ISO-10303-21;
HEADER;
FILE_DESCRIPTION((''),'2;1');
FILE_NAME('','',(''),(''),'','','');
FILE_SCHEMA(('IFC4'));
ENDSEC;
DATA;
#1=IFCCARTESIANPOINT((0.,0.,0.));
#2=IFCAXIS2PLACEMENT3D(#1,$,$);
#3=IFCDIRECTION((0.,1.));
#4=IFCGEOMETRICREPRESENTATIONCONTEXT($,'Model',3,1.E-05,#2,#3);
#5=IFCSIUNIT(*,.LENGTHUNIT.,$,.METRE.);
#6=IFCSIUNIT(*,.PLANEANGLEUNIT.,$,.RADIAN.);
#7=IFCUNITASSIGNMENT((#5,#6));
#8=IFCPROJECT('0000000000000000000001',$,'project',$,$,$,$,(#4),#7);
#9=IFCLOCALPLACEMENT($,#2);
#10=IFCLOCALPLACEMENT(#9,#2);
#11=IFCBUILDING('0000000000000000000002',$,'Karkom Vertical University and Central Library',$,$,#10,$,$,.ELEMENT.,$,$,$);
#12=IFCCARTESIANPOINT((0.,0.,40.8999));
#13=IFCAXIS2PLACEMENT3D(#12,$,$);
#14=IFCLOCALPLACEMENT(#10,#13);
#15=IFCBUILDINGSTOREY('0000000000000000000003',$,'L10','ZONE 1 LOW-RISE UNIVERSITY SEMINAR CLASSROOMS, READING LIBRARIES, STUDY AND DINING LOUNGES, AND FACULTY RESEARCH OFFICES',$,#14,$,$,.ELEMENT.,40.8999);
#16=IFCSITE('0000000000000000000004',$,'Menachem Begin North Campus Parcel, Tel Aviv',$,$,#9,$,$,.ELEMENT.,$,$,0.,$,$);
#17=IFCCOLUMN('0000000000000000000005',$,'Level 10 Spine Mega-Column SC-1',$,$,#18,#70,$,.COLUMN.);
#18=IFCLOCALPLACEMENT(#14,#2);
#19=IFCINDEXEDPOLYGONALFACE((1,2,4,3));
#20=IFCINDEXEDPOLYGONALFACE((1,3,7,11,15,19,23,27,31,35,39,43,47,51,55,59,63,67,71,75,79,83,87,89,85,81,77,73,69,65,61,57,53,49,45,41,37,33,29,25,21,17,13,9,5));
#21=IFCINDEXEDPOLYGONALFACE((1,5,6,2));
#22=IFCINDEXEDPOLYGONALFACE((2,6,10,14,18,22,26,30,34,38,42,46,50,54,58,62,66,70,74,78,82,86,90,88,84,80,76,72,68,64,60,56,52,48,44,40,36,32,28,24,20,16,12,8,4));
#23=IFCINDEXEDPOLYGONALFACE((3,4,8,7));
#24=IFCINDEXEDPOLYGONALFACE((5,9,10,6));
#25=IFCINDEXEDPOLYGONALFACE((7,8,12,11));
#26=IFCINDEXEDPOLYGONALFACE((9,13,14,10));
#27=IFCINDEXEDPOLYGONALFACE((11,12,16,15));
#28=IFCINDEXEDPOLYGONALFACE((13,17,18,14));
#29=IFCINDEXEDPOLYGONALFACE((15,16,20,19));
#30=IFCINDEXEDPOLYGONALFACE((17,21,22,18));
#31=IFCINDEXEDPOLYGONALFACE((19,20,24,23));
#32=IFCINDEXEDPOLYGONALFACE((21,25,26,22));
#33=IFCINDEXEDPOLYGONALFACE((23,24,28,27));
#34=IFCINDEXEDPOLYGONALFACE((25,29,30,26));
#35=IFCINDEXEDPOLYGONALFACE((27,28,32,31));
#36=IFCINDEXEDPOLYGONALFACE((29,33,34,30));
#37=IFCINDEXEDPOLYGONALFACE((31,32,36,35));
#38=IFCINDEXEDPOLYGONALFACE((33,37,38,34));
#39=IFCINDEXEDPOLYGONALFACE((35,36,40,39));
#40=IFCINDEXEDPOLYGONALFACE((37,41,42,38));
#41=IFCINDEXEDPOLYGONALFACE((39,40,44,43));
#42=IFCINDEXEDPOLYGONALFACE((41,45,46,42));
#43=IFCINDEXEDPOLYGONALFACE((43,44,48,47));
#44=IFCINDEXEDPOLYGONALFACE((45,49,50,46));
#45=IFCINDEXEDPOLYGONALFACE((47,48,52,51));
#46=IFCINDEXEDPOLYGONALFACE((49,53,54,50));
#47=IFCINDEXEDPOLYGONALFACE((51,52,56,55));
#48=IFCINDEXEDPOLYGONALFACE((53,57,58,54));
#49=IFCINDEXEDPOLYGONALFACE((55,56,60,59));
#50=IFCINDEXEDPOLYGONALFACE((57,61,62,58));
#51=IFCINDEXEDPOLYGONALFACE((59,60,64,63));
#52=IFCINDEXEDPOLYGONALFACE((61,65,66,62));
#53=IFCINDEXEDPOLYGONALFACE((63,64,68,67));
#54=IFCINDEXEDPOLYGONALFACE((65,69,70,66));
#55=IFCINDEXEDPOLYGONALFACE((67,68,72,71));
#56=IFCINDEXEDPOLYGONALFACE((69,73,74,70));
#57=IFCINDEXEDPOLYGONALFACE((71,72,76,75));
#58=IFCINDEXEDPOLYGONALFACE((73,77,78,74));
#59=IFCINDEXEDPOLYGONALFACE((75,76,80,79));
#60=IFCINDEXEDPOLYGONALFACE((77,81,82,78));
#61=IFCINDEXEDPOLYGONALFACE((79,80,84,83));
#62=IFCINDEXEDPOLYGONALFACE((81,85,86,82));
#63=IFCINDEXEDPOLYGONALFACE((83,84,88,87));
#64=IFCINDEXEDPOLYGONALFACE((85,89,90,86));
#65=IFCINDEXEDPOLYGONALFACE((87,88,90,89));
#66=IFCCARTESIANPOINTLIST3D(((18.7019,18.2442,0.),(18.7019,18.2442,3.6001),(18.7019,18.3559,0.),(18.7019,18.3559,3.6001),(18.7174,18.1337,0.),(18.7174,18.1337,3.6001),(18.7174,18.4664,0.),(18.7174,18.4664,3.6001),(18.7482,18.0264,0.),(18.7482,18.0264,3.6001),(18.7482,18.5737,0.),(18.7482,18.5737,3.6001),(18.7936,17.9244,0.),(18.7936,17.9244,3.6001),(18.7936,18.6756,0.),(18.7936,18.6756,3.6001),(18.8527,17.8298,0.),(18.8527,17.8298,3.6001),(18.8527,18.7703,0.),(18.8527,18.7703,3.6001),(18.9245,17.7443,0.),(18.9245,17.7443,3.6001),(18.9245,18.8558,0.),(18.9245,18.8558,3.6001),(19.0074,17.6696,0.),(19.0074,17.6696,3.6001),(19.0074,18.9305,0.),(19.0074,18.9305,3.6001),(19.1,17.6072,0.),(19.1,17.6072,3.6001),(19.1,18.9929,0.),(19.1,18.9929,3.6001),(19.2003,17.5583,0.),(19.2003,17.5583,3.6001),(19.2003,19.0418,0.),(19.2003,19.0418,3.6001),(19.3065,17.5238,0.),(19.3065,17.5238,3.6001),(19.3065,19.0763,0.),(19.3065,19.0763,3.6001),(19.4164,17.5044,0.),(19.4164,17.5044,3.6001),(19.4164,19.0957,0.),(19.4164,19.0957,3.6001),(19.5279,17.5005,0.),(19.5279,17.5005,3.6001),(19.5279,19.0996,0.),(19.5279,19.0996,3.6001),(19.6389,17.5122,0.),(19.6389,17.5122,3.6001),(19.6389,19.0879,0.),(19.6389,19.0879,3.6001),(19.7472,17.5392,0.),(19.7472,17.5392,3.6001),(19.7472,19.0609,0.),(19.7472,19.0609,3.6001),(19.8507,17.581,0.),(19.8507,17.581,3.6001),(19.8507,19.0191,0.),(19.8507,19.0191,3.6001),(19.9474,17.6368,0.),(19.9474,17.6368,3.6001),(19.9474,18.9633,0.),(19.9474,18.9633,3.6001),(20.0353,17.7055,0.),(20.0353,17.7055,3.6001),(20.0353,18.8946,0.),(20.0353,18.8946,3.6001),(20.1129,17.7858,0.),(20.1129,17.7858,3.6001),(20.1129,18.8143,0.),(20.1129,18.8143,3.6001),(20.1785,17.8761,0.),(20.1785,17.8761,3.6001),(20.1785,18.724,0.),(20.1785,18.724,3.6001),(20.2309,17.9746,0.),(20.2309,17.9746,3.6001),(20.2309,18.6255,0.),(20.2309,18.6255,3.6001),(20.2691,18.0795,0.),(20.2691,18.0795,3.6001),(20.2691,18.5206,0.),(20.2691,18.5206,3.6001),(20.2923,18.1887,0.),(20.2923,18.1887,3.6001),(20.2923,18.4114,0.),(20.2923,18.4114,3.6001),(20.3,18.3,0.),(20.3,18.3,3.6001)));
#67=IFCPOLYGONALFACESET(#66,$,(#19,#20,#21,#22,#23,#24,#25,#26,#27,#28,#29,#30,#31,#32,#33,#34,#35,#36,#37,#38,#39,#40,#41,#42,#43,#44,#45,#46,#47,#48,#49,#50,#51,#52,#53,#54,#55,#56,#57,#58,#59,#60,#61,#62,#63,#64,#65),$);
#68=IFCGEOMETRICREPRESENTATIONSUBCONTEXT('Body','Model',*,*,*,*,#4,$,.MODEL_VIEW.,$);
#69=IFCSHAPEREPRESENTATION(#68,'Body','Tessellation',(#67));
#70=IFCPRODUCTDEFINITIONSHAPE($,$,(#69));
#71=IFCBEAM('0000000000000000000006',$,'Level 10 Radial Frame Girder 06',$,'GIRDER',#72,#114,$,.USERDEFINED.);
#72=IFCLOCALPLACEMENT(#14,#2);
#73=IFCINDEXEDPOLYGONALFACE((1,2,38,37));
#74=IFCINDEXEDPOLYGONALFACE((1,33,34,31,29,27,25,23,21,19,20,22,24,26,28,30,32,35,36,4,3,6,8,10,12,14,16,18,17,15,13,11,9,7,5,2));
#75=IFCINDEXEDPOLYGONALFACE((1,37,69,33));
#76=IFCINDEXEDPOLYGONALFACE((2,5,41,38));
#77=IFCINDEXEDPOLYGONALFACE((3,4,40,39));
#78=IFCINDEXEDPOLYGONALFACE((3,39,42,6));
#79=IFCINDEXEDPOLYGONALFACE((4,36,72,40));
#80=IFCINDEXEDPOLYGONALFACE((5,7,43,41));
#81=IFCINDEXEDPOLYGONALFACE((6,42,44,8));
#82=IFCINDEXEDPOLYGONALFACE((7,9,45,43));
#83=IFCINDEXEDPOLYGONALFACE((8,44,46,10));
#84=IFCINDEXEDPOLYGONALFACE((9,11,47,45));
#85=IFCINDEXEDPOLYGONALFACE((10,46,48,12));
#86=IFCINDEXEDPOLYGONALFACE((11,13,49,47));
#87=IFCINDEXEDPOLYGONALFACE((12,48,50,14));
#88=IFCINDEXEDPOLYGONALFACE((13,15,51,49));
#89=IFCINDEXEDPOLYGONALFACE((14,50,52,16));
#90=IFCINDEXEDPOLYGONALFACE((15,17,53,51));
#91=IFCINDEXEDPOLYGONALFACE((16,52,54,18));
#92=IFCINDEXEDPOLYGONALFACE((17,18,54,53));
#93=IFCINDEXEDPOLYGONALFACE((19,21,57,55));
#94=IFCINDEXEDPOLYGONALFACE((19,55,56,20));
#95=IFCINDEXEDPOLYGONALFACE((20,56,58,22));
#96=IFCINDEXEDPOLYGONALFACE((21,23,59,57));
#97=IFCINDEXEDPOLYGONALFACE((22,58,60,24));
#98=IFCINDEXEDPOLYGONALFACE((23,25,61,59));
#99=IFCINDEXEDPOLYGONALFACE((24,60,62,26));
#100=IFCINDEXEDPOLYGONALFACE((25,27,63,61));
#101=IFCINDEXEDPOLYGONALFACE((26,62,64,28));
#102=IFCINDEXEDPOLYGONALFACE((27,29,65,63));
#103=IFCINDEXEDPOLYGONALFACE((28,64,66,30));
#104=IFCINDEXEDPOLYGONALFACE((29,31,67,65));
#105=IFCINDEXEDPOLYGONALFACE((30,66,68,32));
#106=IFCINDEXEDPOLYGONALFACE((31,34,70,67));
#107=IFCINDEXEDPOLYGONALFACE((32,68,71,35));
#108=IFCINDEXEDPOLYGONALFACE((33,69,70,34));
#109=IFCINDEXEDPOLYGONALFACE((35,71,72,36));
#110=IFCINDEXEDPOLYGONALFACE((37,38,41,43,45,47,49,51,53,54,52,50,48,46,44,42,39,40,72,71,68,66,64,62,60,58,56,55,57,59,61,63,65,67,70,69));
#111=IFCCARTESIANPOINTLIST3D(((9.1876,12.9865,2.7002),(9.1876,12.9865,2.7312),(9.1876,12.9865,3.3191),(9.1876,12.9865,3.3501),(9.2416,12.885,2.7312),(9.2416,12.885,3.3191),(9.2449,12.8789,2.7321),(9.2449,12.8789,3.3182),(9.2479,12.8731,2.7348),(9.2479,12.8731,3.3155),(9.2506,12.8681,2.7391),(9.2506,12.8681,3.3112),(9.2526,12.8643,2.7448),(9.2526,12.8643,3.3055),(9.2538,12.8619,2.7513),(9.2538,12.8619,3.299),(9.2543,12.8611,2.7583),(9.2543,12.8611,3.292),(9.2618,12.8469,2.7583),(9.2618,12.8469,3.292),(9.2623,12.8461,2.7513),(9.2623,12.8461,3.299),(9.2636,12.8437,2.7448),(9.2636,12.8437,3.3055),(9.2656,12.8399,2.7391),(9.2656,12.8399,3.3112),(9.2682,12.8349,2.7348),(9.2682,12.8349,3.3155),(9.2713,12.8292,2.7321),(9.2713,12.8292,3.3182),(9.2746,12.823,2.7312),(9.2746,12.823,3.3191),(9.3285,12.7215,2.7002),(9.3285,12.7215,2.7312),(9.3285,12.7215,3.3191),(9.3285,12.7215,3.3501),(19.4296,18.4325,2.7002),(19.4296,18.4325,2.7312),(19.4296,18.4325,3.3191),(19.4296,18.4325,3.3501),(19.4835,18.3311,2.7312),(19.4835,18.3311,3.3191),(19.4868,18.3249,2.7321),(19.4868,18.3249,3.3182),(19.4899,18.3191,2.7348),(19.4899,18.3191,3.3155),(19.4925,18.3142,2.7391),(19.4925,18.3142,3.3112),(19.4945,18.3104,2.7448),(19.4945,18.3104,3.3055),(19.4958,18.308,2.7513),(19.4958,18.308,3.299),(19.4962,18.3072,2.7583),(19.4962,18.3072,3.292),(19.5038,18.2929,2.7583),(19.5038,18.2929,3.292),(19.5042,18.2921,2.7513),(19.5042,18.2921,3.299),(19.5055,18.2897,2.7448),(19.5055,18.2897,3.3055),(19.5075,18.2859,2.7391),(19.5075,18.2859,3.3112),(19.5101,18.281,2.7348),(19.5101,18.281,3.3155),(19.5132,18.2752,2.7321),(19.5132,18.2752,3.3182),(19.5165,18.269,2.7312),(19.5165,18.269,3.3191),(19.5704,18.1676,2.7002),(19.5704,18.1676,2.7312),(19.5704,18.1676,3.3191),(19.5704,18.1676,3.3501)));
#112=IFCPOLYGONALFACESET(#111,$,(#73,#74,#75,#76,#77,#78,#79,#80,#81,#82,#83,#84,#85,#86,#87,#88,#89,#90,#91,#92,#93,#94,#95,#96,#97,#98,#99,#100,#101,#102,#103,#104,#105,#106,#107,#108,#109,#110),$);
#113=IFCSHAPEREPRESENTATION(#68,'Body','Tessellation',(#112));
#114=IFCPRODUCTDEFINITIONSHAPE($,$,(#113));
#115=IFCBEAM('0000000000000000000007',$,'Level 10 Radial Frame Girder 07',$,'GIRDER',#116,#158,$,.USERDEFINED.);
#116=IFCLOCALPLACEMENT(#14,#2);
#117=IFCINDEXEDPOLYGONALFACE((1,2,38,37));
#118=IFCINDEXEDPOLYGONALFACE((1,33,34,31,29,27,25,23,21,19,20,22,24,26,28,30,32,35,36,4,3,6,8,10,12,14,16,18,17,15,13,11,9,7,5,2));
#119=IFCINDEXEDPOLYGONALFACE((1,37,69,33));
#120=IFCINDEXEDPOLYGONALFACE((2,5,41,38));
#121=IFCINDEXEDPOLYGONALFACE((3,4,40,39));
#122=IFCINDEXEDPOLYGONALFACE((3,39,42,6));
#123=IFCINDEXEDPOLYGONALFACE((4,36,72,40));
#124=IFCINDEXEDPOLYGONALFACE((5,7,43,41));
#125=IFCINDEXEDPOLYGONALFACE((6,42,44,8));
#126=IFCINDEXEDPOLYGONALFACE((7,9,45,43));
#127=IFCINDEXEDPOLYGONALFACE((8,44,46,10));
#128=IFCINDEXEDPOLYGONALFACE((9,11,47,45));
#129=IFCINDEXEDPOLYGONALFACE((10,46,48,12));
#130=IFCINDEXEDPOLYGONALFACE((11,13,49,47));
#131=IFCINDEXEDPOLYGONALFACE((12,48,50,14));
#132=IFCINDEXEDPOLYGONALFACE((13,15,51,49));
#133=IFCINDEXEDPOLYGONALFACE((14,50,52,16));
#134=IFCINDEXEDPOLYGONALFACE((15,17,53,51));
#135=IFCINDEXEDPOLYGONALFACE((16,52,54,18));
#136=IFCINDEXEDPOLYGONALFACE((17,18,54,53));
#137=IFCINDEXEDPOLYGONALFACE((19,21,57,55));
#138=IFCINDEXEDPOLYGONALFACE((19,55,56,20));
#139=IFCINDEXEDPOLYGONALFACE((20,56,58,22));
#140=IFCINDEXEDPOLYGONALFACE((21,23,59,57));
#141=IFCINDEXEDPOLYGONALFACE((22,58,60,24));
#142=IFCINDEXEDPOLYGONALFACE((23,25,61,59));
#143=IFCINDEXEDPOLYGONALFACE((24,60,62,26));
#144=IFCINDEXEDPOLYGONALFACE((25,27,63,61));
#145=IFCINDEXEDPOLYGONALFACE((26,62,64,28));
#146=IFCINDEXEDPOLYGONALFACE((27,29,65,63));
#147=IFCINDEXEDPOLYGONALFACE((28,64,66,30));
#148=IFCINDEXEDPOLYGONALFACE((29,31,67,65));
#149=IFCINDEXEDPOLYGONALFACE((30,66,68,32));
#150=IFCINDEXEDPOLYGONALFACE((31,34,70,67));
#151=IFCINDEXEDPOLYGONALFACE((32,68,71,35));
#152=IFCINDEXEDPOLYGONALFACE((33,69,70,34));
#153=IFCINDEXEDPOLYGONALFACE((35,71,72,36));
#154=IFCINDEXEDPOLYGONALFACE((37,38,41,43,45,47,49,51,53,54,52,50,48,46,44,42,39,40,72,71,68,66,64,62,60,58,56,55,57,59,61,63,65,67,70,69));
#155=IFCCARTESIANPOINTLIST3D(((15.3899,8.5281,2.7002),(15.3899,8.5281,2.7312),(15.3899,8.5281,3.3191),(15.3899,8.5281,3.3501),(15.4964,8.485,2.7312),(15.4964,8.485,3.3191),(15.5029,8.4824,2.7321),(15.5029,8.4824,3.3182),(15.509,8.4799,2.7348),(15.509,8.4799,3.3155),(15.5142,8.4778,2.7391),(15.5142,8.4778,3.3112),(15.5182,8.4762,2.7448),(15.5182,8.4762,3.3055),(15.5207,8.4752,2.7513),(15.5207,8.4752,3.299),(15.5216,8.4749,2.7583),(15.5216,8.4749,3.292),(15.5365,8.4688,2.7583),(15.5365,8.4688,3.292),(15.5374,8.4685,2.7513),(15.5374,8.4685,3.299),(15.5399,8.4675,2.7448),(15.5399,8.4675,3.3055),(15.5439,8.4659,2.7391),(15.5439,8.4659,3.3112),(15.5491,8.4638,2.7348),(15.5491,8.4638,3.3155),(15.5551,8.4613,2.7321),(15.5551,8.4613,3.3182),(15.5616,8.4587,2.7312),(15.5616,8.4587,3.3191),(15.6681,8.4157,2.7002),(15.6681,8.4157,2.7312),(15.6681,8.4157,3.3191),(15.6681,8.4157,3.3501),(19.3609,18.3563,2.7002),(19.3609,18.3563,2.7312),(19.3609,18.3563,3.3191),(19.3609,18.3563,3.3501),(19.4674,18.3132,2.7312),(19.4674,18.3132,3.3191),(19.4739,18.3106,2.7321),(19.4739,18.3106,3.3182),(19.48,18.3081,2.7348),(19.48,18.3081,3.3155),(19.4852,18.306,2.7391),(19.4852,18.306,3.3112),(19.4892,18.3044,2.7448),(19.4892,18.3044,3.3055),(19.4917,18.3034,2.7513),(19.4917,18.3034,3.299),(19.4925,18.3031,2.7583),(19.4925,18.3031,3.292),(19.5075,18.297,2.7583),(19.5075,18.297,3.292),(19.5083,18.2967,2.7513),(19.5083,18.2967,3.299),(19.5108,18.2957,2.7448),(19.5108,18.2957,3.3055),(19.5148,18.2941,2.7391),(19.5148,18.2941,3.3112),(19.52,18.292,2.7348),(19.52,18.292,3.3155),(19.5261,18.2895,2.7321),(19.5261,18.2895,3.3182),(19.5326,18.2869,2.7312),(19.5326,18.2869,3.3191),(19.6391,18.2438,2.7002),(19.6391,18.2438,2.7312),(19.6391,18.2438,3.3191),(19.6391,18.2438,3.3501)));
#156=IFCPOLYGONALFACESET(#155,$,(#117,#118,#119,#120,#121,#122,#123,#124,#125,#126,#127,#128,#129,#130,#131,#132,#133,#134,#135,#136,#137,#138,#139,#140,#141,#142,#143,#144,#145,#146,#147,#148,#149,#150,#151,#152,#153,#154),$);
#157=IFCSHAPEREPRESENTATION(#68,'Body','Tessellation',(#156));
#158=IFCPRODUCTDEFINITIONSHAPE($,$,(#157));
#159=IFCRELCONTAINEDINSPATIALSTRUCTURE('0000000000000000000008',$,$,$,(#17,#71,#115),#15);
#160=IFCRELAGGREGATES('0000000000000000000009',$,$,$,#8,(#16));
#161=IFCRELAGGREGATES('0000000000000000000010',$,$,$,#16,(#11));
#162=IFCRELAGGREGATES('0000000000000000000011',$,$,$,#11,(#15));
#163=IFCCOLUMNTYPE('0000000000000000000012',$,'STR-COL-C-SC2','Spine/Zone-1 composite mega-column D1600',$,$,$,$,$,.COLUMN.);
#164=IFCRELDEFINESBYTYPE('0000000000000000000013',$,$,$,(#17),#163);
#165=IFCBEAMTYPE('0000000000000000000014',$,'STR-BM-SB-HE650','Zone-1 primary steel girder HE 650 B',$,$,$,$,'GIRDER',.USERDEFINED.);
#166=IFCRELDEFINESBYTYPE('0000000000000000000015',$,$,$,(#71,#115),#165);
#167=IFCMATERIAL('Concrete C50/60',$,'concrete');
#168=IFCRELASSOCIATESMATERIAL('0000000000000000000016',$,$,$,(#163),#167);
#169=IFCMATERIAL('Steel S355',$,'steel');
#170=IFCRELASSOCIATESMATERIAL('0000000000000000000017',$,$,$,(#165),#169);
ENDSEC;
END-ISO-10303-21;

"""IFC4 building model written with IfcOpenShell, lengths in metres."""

from ifc_helpers import new_model, si_unit, direction, frame, origin, origin_with_axes, origin_2d, place, context, subcontext, project, spatial, circle, i_section, extrude, source, transform, mapped, material, material_profile, profile_set, type_object, element, save


model = new_model("IFC4")

# Units and contexts
model_context = context("Model", 3, precision=1e-05, world=origin(), true_north=direction((0.0, 1.0)))
body_context = subcontext(model_context, "Body", "Model", "MODEL_VIEW")
ifc_project = project(units=[si_unit("LENGTHUNIT", "METRE"), si_unit("PLANEANGLEUNIT", "RADIAN")], contexts=[model_context])

# Site, building, storey
site_placement = place(None, origin())
site = spatial("IfcSite", under=ifc_project, at=site_placement, Name="Menachem Begin North Campus Parcel, Tel Aviv", CompositionType="ELEMENT", RefElevation=0.0)
building_placement = place(site_placement, origin())
building = spatial("IfcBuilding", under=site, at=building_placement, Name="Karkom Vertical University and Central Library", CompositionType="ELEMENT")
storey_placement = place(building_placement, frame((0.0, 0.0, 40.8999)))
storey = spatial("IfcBuildingStorey", under=building, at=storey_placement, Name="L10", Description="ZONE 1 LOW-RISE UNIVERSITY SEMINAR CLASSROOMS, READING LIBRARIES, STUDY AND DINING LOUNGES, AND FACULTY RESEARCH OFFICES", CompositionType="ELEMENT", Elevation=40.8999)

# Column
ifc_material_1 = material(Name="Concrete C50/60", Category="concrete")
ifc_material_profile_1 = material_profile(ifc_material_1, circle(Radius=0.8, at=origin_2d()), Name="CFT-D1600")
ifc_profile_set_1 = profile_set([ifc_material_profile_1], Name="Concrete C50/60")
column_type = type_object("IfcColumnType", Name="STR-COL-C-SC2", Description="Spine/Zone-1 composite mega-column D1600", PredefinedType="COLUMN", material=ifc_profile_set_1)
shared_shape_1 = source(origin_with_axes(), body_context, "Body", "SweptSolid", [
    extrude(circle(Radius=0.8, at=origin_2d()), origin(), (0.0, 0.0, 1.0), 3.6001),
])
column_placement = place(storey_placement, frame((19.5, 18.3, 0.0), z_axis=(0.0, 0.0, 1.0), x_axis=(1.0, 0.0, 0.0)))
element("IfcColumn", 1, at=column_placement, inside=storey, type_object=column_type, Name="Level 10 Spine Mega-Column SC-1", PredefinedType="COLUMN", context=body_context, shape_type="MappedRepresentation", body=[
    mapped(shared_shape_1, transform((0.0, 0.0, 0.0), scale=1.0)),
])

# Beams
ifc_material_2 = material(Name="Steel S355", Category="steel")
ifc_material_profile_2 = material_profile(ifc_material_2, i_section(OverallWidth=0.3, OverallDepth=0.6499, WebThickness=0.0161, FlangeThickness=0.031, FilletRadius=0.0271, at=origin_2d()), Name="HE 650 B")
ifc_profile_set_2 = profile_set([ifc_material_profile_2], Name="Steel S355")
beam_type_1 = type_object("IfcBeamType", Name="STR-BM-SB-HE650", Description="Zone-1 primary steel girder HE 650 B", ElementType="GIRDER", PredefinedType="USERDEFINED", material=ifc_profile_set_2)
shared_shape_2 = source(origin_with_axes(), body_context, "Body", "SweptSolid", [
    extrude(i_section(OverallWidth=0.3, OverallDepth=0.6499, WebThickness=0.0161, FlangeThickness=0.031, FilletRadius=0.0271, at=origin_2d()), origin(), (0.0, 0.0, 1.0), 11.5999),
])
beam_1_placement = place(storey_placement, frame((19.5, 18.3, 3.0251), z_axis=(-0.882937, -0.469492, 0.0), x_axis=(0.469492, -0.882937, 0.0)))
element("IfcBeam", 2, at=beam_1_placement, inside=storey, type_object=beam_type_1, Name="Level 10 Radial Frame Girder 06", ObjectType="GIRDER", PredefinedType="USERDEFINED", context=body_context, shape_type="MappedRepresentation", body=[
    mapped(shared_shape_2, transform((0.0, 0.0, 0.0), scale=1.0)),
])
shared_shape_3 = source(origin_with_axes(), body_context, "Body", "SweptSolid", [
    extrude(i_section(OverallWidth=0.3, OverallDepth=0.6499, WebThickness=0.0161, FlangeThickness=0.031, FilletRadius=0.0271, at=origin_2d()), origin(), (0.0, 0.0, 1.0), 10.6001),
])
beam_2_placement = place(storey_placement, frame((19.5, 18.3, 3.0251), z_axis=(-0.374617, -0.92718, 0.0), x_axis=(0.92718, -0.374617, 0.0)))
element("IfcBeam", 3, at=beam_2_placement, inside=storey, type_object=beam_type_1, Name="Level 10 Radial Frame Girder 07", ObjectType="GIRDER", PredefinedType="USERDEFINED", context=body_context, shape_type="MappedRepresentation", body=[
    mapped(shared_shape_3, transform((0.0, 0.0, 0.0), scale=1.0)),
])

save(model, "model.ifc")
